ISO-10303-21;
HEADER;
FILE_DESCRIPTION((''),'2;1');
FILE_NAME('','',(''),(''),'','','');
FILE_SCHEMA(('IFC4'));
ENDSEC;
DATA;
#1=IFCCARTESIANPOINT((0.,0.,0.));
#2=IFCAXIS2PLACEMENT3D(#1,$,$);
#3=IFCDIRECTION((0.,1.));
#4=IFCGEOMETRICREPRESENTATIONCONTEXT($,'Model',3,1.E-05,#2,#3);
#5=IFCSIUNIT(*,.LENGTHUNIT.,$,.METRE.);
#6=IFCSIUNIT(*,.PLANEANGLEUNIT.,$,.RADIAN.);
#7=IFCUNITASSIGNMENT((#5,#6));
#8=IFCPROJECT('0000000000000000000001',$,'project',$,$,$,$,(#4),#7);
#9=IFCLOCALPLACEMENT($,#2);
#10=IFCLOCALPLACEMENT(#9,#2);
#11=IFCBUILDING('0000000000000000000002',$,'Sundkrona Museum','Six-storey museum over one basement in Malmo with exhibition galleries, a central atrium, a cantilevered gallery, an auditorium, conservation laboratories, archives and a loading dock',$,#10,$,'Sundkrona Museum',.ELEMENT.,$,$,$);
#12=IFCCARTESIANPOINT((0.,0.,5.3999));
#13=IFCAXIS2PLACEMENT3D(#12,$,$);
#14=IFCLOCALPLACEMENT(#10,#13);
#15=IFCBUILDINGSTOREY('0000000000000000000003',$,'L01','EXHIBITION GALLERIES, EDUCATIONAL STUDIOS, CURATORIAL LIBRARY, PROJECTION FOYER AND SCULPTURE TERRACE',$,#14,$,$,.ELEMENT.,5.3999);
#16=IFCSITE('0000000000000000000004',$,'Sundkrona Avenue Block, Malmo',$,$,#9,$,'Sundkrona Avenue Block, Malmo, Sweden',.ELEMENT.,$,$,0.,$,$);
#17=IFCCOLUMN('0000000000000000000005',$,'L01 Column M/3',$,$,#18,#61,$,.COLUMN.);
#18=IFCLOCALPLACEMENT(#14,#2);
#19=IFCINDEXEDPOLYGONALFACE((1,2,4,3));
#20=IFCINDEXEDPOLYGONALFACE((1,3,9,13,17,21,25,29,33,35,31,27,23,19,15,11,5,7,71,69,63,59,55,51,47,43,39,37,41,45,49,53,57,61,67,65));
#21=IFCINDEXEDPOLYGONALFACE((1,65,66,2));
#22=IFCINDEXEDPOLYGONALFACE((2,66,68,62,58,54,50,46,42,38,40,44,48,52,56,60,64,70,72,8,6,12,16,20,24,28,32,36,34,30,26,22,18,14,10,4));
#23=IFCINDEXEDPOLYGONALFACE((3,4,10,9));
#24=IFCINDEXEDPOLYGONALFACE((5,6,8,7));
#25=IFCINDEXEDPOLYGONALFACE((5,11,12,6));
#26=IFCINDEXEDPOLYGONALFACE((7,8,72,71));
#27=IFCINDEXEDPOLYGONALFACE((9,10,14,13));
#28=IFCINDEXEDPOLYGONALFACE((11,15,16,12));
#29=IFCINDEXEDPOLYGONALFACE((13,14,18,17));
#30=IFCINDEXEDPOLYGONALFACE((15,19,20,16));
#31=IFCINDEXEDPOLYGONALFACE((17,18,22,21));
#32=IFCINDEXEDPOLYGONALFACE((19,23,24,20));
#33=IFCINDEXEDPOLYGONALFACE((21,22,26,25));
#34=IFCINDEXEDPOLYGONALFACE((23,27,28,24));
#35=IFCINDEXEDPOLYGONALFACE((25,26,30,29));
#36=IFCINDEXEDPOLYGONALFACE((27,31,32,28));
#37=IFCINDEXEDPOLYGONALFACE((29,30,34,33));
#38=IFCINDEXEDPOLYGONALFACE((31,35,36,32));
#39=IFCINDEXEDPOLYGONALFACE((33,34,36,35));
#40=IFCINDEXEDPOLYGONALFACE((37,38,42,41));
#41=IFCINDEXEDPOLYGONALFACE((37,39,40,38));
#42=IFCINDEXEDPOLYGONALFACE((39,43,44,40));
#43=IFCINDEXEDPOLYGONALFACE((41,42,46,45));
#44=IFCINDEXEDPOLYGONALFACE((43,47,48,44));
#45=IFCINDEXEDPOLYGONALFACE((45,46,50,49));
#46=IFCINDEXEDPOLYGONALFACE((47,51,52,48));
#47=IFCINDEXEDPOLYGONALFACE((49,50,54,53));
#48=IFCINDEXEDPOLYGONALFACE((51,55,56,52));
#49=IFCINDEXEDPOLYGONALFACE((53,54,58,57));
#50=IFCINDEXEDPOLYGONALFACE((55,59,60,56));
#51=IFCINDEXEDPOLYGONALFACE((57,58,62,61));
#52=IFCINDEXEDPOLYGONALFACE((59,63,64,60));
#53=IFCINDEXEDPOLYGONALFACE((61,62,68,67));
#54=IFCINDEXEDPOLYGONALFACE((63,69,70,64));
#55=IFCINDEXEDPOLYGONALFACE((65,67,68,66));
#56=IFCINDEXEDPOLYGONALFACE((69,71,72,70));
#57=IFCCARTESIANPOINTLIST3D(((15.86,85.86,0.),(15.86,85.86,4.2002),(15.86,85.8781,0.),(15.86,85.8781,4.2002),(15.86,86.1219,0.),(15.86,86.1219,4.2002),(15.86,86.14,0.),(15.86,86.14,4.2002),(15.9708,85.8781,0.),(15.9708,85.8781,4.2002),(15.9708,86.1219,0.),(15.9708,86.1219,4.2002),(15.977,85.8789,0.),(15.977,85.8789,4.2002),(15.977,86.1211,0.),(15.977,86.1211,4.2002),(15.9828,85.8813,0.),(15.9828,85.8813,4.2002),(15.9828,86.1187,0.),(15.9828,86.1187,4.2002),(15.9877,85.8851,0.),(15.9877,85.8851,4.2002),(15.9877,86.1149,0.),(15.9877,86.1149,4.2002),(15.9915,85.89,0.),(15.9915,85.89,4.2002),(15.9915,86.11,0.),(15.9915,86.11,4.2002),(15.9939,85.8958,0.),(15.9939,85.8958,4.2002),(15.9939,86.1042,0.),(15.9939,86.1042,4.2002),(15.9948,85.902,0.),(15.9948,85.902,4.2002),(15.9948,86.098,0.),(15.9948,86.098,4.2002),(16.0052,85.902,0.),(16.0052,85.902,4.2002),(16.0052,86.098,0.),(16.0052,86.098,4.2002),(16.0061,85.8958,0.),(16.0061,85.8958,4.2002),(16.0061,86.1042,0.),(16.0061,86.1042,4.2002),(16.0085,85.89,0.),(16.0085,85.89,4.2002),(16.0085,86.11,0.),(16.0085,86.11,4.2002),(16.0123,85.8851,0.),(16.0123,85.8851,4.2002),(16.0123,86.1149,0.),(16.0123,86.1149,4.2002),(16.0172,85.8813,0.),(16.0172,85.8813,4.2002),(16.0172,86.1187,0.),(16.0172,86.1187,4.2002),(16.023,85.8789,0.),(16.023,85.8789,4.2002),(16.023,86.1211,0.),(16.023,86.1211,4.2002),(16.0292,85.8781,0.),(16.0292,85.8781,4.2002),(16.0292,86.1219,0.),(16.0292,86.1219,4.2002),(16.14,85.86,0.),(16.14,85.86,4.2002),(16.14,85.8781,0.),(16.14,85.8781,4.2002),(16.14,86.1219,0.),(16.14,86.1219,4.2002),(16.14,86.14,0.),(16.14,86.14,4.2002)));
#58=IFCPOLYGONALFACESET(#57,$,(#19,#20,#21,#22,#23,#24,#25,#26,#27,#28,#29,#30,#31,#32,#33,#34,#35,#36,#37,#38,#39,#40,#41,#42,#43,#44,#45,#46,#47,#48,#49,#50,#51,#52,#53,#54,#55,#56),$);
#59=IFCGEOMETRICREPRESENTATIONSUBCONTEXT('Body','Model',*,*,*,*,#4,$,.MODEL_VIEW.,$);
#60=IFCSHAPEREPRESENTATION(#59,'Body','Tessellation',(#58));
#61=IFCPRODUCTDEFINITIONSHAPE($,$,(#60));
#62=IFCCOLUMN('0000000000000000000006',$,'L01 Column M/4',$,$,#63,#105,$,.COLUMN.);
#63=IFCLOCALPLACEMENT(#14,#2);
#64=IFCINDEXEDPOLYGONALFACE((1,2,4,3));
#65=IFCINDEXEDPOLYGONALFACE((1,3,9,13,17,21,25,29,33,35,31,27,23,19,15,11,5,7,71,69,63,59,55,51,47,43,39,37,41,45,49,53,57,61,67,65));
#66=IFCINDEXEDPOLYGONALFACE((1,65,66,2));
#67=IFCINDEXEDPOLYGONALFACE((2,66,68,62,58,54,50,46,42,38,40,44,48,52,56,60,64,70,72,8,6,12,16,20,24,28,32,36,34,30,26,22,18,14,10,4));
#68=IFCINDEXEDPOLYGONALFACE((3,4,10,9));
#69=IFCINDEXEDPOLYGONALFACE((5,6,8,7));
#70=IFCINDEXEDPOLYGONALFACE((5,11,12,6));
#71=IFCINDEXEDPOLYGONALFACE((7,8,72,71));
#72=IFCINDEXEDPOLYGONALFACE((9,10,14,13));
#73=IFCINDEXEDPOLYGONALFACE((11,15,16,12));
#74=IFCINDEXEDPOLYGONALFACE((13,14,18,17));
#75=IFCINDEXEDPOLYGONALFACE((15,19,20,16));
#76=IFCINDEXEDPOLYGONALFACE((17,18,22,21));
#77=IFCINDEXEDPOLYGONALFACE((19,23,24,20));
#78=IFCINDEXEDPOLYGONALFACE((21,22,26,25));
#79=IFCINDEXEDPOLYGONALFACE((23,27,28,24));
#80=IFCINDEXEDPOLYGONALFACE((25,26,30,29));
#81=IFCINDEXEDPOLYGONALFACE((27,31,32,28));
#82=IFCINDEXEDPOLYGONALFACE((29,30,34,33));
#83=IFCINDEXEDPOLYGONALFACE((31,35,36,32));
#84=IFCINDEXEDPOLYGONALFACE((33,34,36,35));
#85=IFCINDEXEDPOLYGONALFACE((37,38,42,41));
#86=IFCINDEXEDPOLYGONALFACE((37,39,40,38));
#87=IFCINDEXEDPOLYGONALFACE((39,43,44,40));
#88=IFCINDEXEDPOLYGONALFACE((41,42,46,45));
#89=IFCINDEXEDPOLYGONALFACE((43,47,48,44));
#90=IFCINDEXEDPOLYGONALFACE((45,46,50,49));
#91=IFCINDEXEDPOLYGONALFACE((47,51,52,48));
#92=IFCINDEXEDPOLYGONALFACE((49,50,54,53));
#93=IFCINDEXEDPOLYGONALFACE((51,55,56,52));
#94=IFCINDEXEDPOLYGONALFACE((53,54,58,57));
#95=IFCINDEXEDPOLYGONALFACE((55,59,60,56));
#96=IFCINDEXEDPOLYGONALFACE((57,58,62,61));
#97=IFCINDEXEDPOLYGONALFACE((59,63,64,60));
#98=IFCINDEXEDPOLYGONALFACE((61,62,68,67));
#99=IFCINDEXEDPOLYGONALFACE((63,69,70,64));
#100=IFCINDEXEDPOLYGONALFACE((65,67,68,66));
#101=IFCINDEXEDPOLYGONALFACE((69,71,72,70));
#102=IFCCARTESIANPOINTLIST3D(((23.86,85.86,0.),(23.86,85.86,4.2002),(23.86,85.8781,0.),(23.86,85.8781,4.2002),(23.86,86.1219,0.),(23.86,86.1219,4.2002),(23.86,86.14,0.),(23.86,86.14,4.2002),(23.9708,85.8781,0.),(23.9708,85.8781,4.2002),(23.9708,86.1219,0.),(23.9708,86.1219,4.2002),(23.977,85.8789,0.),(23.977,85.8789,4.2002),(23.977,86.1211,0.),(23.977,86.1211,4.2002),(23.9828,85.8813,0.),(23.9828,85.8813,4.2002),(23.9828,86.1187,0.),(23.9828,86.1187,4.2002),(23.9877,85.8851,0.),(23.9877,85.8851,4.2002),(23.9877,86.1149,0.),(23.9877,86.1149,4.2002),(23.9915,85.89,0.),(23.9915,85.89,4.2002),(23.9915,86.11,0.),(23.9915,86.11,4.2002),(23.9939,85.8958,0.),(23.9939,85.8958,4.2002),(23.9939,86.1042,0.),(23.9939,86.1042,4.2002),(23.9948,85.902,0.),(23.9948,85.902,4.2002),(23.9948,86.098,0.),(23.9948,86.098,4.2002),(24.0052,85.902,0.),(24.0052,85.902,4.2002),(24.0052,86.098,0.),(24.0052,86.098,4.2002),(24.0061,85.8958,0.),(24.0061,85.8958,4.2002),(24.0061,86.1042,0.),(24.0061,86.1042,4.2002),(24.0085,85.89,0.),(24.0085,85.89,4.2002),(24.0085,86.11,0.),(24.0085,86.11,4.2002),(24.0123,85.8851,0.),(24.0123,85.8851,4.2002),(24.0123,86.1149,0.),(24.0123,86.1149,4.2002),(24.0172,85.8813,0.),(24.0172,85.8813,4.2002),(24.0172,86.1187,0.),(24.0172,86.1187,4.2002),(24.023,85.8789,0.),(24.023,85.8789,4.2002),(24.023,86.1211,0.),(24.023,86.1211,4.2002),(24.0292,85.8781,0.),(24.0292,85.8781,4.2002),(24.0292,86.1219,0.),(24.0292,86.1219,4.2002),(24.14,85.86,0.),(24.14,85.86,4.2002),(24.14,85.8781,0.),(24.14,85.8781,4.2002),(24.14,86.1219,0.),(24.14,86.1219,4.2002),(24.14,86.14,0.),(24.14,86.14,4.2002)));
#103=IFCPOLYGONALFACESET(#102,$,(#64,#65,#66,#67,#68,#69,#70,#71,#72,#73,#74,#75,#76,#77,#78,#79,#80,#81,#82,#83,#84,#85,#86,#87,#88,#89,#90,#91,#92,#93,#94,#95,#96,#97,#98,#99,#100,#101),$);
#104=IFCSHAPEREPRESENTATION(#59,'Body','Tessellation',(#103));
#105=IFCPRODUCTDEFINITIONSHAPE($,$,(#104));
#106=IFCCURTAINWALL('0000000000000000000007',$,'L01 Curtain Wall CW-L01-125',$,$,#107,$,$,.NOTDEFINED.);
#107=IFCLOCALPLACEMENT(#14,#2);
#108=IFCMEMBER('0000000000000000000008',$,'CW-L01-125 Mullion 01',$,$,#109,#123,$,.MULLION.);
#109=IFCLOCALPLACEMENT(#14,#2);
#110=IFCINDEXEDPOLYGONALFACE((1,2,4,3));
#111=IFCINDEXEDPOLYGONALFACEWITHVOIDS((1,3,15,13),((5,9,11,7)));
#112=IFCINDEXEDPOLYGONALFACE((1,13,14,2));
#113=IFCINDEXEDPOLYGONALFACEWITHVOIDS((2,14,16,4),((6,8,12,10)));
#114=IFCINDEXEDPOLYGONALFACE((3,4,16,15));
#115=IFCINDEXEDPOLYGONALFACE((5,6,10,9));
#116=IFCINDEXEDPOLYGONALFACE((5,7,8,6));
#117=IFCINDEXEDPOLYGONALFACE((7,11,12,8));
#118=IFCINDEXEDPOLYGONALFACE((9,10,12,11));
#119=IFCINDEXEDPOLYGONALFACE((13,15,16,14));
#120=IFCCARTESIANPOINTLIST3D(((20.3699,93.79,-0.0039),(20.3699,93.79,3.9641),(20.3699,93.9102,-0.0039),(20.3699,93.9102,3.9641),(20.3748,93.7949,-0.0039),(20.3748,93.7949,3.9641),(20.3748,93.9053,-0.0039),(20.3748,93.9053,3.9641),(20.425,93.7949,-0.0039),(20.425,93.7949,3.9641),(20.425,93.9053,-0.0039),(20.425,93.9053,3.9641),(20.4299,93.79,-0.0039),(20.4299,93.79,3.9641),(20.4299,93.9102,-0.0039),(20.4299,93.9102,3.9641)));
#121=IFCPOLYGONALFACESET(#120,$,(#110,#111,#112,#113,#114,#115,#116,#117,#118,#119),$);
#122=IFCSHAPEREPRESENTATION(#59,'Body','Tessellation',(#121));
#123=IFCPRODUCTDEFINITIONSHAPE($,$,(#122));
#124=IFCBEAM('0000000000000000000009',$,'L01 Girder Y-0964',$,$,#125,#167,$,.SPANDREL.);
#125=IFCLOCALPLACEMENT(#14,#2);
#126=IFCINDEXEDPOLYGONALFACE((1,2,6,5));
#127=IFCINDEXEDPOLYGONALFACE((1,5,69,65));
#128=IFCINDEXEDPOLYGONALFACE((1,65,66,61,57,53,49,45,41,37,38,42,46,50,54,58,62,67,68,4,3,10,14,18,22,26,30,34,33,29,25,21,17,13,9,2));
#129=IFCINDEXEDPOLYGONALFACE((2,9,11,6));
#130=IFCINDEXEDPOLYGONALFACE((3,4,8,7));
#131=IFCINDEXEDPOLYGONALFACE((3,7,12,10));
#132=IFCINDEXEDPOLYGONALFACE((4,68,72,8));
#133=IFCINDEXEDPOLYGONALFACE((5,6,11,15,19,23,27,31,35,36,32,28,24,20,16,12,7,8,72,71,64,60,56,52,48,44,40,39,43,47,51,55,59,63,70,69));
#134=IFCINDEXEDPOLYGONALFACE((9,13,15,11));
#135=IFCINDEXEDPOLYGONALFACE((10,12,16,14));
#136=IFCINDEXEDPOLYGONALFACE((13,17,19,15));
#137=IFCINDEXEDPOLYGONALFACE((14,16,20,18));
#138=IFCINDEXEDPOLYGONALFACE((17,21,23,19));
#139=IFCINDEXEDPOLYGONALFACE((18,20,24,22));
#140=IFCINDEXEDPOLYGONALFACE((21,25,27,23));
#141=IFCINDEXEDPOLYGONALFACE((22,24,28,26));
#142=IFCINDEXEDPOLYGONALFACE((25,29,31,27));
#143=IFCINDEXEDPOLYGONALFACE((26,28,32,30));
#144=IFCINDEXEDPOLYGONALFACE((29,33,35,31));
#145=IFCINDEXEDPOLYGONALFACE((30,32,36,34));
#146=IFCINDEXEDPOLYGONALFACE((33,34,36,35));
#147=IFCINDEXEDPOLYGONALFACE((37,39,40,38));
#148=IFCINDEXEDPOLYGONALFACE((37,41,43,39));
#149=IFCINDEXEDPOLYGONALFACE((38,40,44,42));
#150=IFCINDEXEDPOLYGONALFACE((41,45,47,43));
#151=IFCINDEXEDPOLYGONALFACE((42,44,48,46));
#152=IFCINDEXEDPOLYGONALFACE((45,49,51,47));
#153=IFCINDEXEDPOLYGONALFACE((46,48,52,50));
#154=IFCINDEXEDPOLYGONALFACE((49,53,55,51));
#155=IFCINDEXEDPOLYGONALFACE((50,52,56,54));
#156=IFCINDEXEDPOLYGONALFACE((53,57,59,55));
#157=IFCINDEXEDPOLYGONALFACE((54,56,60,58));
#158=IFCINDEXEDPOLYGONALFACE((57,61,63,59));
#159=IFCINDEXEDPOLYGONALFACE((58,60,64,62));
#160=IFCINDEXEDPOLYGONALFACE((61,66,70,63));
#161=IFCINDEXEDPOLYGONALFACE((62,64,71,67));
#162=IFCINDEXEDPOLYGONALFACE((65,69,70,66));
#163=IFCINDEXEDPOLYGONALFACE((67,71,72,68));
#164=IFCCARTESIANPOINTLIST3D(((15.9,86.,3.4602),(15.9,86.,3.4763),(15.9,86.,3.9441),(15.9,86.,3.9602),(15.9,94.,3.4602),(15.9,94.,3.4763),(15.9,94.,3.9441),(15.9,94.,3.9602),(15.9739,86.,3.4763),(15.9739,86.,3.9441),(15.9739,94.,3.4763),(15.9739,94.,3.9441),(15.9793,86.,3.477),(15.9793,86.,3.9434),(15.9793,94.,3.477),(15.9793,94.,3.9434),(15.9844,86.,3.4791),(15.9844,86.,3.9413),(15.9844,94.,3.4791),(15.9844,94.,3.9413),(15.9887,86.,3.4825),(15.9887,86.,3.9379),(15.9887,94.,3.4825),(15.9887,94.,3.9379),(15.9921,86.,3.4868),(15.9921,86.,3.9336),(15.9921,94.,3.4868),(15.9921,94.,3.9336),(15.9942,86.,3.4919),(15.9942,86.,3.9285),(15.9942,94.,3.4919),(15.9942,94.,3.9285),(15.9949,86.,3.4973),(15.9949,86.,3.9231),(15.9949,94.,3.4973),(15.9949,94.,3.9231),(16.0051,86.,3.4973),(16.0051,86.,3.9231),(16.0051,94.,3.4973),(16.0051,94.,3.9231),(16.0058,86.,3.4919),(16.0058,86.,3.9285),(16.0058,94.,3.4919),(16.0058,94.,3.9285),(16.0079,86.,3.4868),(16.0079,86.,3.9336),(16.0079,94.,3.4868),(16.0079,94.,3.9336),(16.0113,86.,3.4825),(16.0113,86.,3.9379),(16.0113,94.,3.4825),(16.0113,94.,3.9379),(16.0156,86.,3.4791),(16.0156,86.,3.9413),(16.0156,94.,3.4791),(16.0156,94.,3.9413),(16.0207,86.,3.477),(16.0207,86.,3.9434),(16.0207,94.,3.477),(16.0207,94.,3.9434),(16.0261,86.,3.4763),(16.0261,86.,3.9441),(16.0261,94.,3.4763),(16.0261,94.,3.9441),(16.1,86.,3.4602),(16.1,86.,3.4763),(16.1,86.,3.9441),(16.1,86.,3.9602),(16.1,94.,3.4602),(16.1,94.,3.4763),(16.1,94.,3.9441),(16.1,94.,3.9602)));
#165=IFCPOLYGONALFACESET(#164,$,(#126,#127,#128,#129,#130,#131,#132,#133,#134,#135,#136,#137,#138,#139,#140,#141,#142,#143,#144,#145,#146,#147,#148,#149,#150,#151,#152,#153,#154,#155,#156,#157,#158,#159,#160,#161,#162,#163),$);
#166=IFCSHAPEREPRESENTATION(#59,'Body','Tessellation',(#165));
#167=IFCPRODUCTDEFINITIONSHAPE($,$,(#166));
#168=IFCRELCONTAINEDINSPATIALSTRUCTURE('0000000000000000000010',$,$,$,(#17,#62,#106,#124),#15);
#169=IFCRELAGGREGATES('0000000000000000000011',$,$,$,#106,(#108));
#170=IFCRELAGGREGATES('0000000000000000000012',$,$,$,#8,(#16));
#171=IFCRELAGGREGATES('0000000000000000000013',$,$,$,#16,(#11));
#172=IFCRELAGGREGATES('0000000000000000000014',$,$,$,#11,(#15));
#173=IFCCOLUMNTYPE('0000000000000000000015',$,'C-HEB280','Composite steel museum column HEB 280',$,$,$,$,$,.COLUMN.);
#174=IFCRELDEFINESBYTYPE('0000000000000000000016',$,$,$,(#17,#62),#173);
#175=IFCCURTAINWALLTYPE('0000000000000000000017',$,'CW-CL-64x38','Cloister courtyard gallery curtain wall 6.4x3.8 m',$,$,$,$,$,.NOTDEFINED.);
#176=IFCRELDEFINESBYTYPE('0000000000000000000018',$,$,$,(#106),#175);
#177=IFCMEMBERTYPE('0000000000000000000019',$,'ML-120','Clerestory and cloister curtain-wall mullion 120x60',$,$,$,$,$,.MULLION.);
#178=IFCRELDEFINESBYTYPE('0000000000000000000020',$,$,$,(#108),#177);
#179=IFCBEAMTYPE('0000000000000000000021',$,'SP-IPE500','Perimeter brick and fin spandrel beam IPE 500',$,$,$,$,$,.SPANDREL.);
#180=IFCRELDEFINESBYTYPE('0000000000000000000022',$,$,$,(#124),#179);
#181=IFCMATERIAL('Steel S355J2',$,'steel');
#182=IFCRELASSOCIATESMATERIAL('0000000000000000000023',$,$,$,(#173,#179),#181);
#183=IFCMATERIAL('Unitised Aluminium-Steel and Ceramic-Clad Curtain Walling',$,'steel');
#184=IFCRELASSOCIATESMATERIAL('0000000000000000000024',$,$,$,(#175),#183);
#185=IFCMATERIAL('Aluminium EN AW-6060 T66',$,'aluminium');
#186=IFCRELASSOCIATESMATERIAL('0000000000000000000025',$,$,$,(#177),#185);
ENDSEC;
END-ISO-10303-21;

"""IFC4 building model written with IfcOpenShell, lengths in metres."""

from ifc_helpers import new_model, si_unit, direction, frame, origin, origin_2d, place, context, subcontext, project, spatial, hollow_rectangle, i_section, extrude, material, material_profile, profile_set, type_object, element, aggregate, save


model = new_model("IFC4")

# Units and contexts
model_context = context("Model", 3, precision=1e-05, world=origin(), true_north=direction((0.0, 1.0)))
body_context = subcontext(model_context, "Body", "Model", "MODEL_VIEW")
ifc_project = project(units=[si_unit("LENGTHUNIT", "METRE"), si_unit("PLANEANGLEUNIT", "RADIAN")], contexts=[model_context])

# Site, building, storey
site_placement = place(None, origin())
site = spatial("IfcSite", under=ifc_project, at=site_placement, Name="Sundkrona Avenue Block, Malmo", LongName="Sundkrona Avenue Block, Malmo, Sweden", CompositionType="ELEMENT", RefElevation=0.0)
building_placement = place(site_placement, origin())
building = spatial("IfcBuilding", under=site, at=building_placement, Name="Sundkrona Museum", Description="Six-storey museum over one basement in Malmo with exhibition galleries, a central atrium, a cantilevered gallery, an auditorium, conservation laboratories, archives and a loading dock", LongName="Sundkrona Museum", CompositionType="ELEMENT")
storey_placement = place(building_placement, frame((0.0, 0.0, 5.3999)))
storey = spatial("IfcBuildingStorey", under=building, at=storey_placement, Name="L01", Description="EXHIBITION GALLERIES, EDUCATIONAL STUDIOS, CURATORIAL LIBRARY, PROJECTION FOYER AND SCULPTURE TERRACE", CompositionType="ELEMENT", Elevation=5.3999)

# Columns
ifc_material_1 = material(Name="Steel S355J2", Category="steel")
ifc_material_profile_1 = material_profile(ifc_material_1, i_section(OverallWidth=0.28, OverallDepth=0.28, WebThickness=0.0105, FlangeThickness=0.0181, FilletRadius=0.0239, at=origin_2d()), Name="HEB 280")
ifc_profile_set_1 = profile_set([ifc_material_profile_1], Name="Steel S355J2")
column_type = type_object("IfcColumnType", Name="C-HEB280", Description="Composite steel museum column HEB 280", PredefinedType="COLUMN", material=ifc_profile_set_1)
for number, where, z_axis, x_axis, name in (
    (1, (16.0, 86.0, 0.0), (0.0, 0.0, 1.0), (1.0, 0.0, 0.0), "L01 Column M/3"),
    (2, (24.0, 86.0, 0.0), (0.0, 0.0, 1.0), (1.0, 0.0, 0.0), "L01 Column M/4"),
):
    element("IfcColumn", number, at=place(storey_placement, frame(where, z_axis=z_axis, x_axis=x_axis)), inside=storey, type_object=column_type, Name=name, PredefinedType="COLUMN", context=body_context, shape_type="SweptSolid", body=[
        extrude(i_section(OverallWidth=0.28, OverallDepth=0.28, WebThickness=0.0105, FlangeThickness=0.0181, FilletRadius=0.0239, at=origin_2d()), origin(), (0.0, 0.0, 1.0), 4.2002),
    ])

# Curtain wall, member
ifc_material_2 = material(Name="Unitised Aluminium-Steel and Ceramic-Clad Curtain Walling", Category="steel")
curtain_wall_type = type_object("IfcCurtainWallType", Name="CW-CL-64x38", Description="Cloister courtyard gallery curtain wall 6.4x3.8 m", PredefinedType="NOTDEFINED", material=ifc_material_2)
curtain_wall_placement = place(storey_placement, origin())
curtain_wall = element("IfcCurtainWall", 3, at=curtain_wall_placement, inside=storey, type_object=curtain_wall_type, Name="L01 Curtain Wall CW-L01-125", PredefinedType="NOTDEFINED")
ifc_material_3 = material(Name="Aluminium EN AW-6060 T66", Category="aluminium")
ifc_material_profile_2 = material_profile(ifc_material_3, hollow_rectangle(XDim=0.0601, YDim=0.1201, WallThickness=0.0049, at=origin_2d()), Name="RHS 120x60x5.0")
ifc_profile_set_2 = profile_set([ifc_material_profile_2], Name="Aluminium EN AW-6060 T66")
member_type = type_object("IfcMemberType", Name="ML-120", Description="Clerestory and cloister curtain-wall mullion 120x60", PredefinedType="MULLION", material=ifc_profile_set_2)
member_placement = place(storey_placement, frame((20.3999, 93.8501, -0.0039), z_axis=(0.0, 0.0, 1.0), x_axis=(1.0, 0.0, 0.0)))
member = element("IfcMember", 4, at=member_placement, type_object=member_type, Name="CW-L01-125 Mullion 01", PredefinedType="MULLION", context=body_context, shape_type="SweptSolid", body=[
    extrude(hollow_rectangle(XDim=0.0601, YDim=0.1201, WallThickness=0.0049, at=origin_2d()), origin(), (0.0, 0.0, 1.0), 3.968),
])
aggregate(curtain_wall, [member])

# Beam
ifc_material_profile_3 = material_profile(ifc_material_1, i_section(OverallWidth=0.2, OverallDepth=0.5, WebThickness=0.0103, FlangeThickness=0.0161, FilletRadius=0.021, at=origin_2d()), Name="IPE 500")
ifc_profile_set_3 = profile_set([ifc_material_profile_3], Name="Steel S355J2")
beam_type = type_object("IfcBeamType", Name="SP-IPE500", Description="Perimeter brick and fin spandrel beam IPE 500", PredefinedType="SPANDREL", material=ifc_profile_set_3)
beam_placement = place(storey_placement, frame((16.0, 86.0, 3.7102), z_axis=(0.0, 1.0, 0.0), x_axis=(-1.0, 0.0, 0.0)))
element("IfcBeam", 5, at=beam_placement, inside=storey, type_object=beam_type, Name="L01 Girder Y-0964", PredefinedType="SPANDREL", context=body_context, shape_type="SweptSolid", body=[
    extrude(i_section(OverallWidth=0.2, OverallDepth=0.5, WebThickness=0.0103, FlangeThickness=0.0161, FilletRadius=0.021, at=origin_2d()), origin(), (0.0, 0.0, 1.0), 8.0),
])

save(model, "model.ifc")
